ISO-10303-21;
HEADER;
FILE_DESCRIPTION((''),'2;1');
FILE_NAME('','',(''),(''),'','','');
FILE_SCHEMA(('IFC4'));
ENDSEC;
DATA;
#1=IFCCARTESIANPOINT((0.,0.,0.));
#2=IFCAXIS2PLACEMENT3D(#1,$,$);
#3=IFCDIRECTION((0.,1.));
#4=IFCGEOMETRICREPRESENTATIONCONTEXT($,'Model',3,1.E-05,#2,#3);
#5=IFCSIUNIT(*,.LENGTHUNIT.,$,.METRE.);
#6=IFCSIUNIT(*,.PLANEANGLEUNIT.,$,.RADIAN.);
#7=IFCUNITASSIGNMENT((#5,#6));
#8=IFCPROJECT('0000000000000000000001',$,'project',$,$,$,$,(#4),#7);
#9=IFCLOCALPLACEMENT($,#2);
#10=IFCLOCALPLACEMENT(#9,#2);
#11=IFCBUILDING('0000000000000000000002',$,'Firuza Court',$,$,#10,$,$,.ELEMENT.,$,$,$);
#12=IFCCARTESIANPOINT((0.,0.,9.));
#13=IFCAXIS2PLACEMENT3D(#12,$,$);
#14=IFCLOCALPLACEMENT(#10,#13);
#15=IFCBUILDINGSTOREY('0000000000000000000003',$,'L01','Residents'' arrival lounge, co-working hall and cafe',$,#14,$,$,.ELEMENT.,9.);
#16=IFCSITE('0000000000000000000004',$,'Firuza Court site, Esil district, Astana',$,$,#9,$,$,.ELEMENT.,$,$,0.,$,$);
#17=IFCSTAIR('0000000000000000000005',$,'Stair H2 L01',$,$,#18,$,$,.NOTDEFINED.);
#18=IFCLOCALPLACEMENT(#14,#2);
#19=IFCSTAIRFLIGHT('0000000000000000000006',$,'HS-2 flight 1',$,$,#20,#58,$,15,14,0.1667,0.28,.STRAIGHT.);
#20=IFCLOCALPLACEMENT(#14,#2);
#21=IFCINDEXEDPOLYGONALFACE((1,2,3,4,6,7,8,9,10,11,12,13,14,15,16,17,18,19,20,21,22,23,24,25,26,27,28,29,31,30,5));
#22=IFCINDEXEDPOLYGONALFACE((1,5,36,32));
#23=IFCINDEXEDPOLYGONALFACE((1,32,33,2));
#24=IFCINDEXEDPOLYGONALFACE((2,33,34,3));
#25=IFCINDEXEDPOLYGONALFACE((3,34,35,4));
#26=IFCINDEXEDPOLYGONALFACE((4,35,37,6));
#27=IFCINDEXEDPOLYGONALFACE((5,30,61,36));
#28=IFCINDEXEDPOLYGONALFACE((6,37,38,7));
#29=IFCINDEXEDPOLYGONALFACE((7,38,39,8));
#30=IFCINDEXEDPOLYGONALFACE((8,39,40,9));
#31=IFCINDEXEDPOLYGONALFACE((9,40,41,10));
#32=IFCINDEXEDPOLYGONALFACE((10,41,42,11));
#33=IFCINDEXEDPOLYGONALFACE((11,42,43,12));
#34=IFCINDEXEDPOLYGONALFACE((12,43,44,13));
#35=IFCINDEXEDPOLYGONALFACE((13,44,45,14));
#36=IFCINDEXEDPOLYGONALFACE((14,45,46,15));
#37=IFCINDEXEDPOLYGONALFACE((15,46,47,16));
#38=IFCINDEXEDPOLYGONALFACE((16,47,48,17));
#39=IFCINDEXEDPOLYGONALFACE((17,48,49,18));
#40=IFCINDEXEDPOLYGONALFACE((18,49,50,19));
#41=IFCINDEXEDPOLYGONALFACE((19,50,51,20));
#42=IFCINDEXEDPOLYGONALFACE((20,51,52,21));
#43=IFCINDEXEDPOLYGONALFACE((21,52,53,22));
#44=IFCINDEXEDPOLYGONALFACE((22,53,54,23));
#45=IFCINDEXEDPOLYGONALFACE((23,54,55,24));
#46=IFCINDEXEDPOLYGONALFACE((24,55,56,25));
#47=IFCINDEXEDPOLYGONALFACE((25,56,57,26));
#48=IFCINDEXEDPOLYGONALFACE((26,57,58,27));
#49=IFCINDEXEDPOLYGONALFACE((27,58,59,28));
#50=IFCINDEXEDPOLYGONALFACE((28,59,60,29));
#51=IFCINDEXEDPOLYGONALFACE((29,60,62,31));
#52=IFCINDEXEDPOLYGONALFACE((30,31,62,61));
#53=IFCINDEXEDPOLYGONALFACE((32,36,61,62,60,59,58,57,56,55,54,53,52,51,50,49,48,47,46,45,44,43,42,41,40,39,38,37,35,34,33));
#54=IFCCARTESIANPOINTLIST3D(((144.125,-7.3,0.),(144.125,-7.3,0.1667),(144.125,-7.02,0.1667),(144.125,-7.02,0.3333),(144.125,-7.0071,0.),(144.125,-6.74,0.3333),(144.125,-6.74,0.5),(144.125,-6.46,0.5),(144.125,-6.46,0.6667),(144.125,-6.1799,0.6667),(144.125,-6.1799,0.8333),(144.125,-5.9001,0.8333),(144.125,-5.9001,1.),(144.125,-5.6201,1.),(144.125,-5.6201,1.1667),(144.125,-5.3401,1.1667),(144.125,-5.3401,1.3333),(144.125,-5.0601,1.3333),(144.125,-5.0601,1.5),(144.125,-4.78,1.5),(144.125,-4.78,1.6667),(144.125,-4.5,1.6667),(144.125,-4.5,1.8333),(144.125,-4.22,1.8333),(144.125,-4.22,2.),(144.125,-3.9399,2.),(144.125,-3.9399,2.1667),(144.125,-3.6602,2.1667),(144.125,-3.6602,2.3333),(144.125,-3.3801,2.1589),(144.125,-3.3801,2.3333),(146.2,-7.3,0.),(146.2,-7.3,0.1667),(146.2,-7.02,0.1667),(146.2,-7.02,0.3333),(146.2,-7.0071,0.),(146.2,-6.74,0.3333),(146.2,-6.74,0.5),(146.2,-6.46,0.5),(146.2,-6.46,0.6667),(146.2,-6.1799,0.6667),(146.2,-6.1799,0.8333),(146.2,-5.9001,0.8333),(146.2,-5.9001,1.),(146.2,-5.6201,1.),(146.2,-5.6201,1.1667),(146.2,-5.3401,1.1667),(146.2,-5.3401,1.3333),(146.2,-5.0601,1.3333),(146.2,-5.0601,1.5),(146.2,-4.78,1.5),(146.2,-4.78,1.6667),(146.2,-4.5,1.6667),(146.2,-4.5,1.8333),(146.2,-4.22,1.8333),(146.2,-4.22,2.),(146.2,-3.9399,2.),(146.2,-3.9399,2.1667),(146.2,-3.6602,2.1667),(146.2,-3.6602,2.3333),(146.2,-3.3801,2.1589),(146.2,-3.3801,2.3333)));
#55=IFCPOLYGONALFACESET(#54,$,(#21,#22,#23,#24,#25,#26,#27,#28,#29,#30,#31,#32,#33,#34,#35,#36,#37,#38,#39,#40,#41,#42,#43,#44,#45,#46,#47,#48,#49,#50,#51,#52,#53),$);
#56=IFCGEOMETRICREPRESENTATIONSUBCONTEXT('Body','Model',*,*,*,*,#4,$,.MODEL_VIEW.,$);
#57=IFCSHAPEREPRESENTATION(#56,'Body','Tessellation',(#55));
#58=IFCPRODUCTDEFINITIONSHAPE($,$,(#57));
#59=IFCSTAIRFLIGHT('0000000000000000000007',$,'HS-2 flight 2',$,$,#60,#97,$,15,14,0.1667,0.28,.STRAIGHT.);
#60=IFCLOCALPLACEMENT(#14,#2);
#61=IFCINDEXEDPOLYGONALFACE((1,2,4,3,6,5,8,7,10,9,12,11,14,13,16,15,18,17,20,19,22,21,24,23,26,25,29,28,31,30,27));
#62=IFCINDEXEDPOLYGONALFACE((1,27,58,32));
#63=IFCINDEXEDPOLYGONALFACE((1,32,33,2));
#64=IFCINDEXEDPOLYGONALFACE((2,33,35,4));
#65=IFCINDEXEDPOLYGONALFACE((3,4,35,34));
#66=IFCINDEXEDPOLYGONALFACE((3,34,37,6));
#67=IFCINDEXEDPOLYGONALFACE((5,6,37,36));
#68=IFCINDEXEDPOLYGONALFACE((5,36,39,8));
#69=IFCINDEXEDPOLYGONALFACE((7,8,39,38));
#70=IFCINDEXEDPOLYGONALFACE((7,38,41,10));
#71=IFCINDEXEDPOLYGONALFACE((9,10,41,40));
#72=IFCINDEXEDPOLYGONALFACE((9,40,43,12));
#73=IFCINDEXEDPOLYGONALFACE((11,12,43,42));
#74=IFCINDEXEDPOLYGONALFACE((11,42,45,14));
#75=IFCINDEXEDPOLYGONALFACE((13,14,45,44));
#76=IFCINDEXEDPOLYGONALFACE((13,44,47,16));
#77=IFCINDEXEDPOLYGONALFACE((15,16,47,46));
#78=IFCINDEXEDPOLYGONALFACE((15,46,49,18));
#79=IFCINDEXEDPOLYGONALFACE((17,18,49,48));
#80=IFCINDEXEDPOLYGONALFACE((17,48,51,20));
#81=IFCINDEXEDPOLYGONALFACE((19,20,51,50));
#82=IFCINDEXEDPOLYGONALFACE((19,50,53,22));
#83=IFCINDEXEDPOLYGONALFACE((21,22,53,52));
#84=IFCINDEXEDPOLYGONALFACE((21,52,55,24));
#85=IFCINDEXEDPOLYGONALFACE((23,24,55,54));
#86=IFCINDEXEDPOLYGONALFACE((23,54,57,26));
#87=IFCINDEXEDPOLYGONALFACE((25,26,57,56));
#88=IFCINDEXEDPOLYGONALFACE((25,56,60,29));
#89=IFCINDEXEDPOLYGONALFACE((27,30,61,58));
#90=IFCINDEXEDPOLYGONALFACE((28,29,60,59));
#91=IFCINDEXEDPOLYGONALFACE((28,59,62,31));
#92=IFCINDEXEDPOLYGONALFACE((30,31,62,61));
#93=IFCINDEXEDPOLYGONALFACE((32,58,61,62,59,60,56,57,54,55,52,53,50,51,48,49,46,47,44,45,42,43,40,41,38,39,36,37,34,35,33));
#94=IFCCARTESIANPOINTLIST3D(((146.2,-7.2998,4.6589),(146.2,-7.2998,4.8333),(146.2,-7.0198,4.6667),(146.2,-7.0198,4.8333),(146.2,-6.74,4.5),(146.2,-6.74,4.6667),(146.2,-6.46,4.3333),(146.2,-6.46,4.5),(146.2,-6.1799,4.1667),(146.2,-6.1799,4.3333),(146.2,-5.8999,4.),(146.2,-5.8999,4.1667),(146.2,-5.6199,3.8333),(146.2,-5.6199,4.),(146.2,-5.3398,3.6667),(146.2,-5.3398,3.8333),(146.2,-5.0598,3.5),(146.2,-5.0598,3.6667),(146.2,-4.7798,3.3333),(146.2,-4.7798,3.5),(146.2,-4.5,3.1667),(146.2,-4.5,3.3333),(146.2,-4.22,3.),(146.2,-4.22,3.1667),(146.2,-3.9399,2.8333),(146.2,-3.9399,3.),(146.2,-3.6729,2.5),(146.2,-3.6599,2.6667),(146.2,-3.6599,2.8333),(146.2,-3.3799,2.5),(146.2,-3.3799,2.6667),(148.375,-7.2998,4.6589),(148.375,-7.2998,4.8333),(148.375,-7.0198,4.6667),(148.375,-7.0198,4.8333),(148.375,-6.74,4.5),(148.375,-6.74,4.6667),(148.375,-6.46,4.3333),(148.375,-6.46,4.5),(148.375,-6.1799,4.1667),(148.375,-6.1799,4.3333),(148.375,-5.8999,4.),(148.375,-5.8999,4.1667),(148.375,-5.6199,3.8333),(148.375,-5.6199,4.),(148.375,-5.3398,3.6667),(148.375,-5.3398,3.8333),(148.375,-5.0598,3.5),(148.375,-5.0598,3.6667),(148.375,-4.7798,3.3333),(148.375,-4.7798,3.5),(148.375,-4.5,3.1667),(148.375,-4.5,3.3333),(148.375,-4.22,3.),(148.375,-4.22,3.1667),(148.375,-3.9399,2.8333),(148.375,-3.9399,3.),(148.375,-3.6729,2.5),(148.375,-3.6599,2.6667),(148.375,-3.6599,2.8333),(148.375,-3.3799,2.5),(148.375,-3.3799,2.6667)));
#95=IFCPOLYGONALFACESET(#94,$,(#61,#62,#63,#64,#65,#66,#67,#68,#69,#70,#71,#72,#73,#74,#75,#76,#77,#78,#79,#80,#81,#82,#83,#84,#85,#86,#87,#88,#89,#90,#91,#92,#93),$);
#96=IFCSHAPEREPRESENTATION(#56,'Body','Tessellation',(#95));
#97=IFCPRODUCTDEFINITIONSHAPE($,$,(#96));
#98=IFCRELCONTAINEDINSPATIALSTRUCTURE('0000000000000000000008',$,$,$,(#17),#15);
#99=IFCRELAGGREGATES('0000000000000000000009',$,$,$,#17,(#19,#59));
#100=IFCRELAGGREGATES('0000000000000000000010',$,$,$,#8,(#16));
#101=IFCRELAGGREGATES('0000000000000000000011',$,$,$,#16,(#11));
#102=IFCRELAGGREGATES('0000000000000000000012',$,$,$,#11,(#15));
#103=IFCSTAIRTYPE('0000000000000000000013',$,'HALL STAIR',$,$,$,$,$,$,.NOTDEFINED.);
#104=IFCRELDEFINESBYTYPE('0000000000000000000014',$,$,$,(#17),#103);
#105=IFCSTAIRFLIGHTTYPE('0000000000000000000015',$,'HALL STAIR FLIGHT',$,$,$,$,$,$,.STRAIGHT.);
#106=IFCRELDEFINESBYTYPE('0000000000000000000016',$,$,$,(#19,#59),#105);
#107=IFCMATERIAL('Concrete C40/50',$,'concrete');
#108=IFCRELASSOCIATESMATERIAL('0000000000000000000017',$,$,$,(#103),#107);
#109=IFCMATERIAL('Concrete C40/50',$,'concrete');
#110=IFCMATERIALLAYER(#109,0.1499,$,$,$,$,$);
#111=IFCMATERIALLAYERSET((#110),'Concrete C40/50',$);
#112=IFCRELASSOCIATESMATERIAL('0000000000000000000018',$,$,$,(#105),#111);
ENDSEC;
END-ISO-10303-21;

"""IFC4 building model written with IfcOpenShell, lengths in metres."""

from ifc_helpers import new_model, si_unit, direction, frame, origin, place, context, subcontext, project, spatial, polyline, outline, extrude, material, layer, layer_set, type_object, element, aggregate, save


model = new_model("IFC4")

# Units and contexts
model_context = context("Model", 3, precision=1e-05, world=origin(), true_north=direction((0.0, 1.0)))
body_context = subcontext(model_context, "Body", "Model", "MODEL_VIEW")
ifc_project = project(units=[si_unit("LENGTHUNIT", "METRE"), si_unit("PLANEANGLEUNIT", "RADIAN")], contexts=[model_context])

# Site, building, storey
site_placement = place(None, origin())
site = spatial("IfcSite", under=ifc_project, at=site_placement, Name="Firuza Court site, Esil district, Astana", CompositionType="ELEMENT", RefElevation=0.0)
building_placement = place(site_placement, origin())
building = spatial("IfcBuilding", under=site, at=building_placement, Name="Firuza Court", CompositionType="ELEMENT")
storey_placement = place(building_placement, frame((0.0, 0.0, 9.0)))
storey = spatial("IfcBuildingStorey", under=building, at=storey_placement, Name="L01", Description="Residents' arrival lounge, co-working hall and cafe", CompositionType="ELEMENT", Elevation=9.0)

# Shared definitions
ifc_material_1 = material(Name="Concrete C40/50", Category="concrete")

# Stair, stair flights
ifc_material_2 = material(Name="Concrete C40/50", Category="concrete")
stair_type = type_object("IfcStairType", Name="HALL STAIR", PredefinedType="NOTDEFINED", material=ifc_material_2)
stair_placement = place(storey_placement, origin())
stair = element("IfcStair", 1, at=stair_placement, inside=storey, type_object=stair_type, Name="Stair H2 L01", PredefinedType="NOTDEFINED")
ifc_layer_1 = layer(ifc_material_1, 0.1499)
ifc_layer_set_1 = layer_set([ifc_layer_1], Name="Concrete C40/50")
stair_flight_type = type_object("IfcStairFlightType", Name="HALL STAIR FLIGHT", PredefinedType="STRAIGHT", material=ifc_layer_set_1)
stair_flight_1_placement = place(storey_placement, frame((145.1626, -7.3, 0.0), z_axis=(0.0, 0.0, 1.0), x_axis=(0.0, 1.0, 0.0)))
stair_flight_1 = element("IfcStairFlight", 2, at=stair_flight_1_placement, type_object=stair_flight_type, Name="HS-2 flight 1", NumberOfRisers=15, NumberOfTreads=14, PredefinedType="STRAIGHT", RiserHeight=0.1667, TreadLength=0.28, context=body_context, shape_type="SweptSolid", body=[
    extrude(outline(polyline([(0.0, 0.0), (0.0, 0.1667), (0.28, 0.1667), (0.28, 0.3333), (0.5601, 0.3333), (0.5601, 0.5), (0.8401, 0.5), (0.8401, 0.6667), (1.1201, 0.6667), (1.1201, 0.8333), (1.3999, 0.8333), (1.3999, 1.0), (1.6799, 1.0), (1.6799, 1.1667), (1.96, 1.1667), (1.96, 1.3333), (2.24, 1.3333), (2.24, 1.5), (2.52, 1.5), (2.52, 1.6667), (2.8, 1.6667), (2.8, 1.8333), (3.0801, 1.8333), (3.0801, 2.0), (3.3601, 2.0), (3.3601, 2.1667), (3.6399, 2.1667), (3.6399, 2.3333), (3.9199, 2.3333), (3.9199, 2.5), (3.9199, 2.1589), (0.293, 0.0), (0.0, 0.0)])), frame((0.0, 1.0376, 0.0), z_axis=(0.0, -1.0, 0.0), x_axis=(1.0, 0.0, 0.0)), (0.0, 0.0, 1.0), 2.075),
])
stair_flight_2_placement = place(storey_placement, frame((147.2876, -3.3799, 2.5), z_axis=(0.0, 0.0, 1.0), x_axis=(0.0, -1.0, 0.0)))
stair_flight_2 = element("IfcStairFlight", 3, at=stair_flight_2_placement, type_object=stair_flight_type, Name="HS-2 flight 2", NumberOfRisers=15, NumberOfTreads=14, PredefinedType="STRAIGHT", RiserHeight=0.1667, TreadLength=0.28, context=body_context, shape_type="SweptSolid", body=[
    extrude(outline(polyline([(0.0, 0.0), (0.0, 0.1667), (0.28, 0.1667), (0.28, 0.3333), (0.5601, 0.3333), (0.5601, 0.5), (0.8401, 0.5), (0.8401, 0.6667), (1.1201, 0.6667), (1.1201, 0.8333), (1.3999, 0.8333), (1.3999, 1.0), (1.6799, 1.0), (1.6799, 1.1667), (1.96, 1.1667), (1.96, 1.3333), (2.24, 1.3333), (2.24, 1.5), (2.52, 1.5), (2.52, 1.6667), (2.8, 1.6667), (2.8, 1.8333), (3.0801, 1.8333), (3.0801, 2.0), (3.3601, 2.0), (3.3601, 2.1667), (3.6399, 2.1667), (3.6399, 2.3333), (3.9199, 2.3333), (3.9199, 2.5), (3.9199, 2.1589), (0.293, 0.0), (0.0, 0.0)])), frame((0.0, 1.0874, 0.0), z_axis=(0.0, -1.0, 0.0), x_axis=(1.0, 0.0, 0.0)), (0.0, 0.0, 1.0), 2.175),
])
aggregate(stair, [stair_flight_1, stair_flight_2])

save(model, "model.ifc")
